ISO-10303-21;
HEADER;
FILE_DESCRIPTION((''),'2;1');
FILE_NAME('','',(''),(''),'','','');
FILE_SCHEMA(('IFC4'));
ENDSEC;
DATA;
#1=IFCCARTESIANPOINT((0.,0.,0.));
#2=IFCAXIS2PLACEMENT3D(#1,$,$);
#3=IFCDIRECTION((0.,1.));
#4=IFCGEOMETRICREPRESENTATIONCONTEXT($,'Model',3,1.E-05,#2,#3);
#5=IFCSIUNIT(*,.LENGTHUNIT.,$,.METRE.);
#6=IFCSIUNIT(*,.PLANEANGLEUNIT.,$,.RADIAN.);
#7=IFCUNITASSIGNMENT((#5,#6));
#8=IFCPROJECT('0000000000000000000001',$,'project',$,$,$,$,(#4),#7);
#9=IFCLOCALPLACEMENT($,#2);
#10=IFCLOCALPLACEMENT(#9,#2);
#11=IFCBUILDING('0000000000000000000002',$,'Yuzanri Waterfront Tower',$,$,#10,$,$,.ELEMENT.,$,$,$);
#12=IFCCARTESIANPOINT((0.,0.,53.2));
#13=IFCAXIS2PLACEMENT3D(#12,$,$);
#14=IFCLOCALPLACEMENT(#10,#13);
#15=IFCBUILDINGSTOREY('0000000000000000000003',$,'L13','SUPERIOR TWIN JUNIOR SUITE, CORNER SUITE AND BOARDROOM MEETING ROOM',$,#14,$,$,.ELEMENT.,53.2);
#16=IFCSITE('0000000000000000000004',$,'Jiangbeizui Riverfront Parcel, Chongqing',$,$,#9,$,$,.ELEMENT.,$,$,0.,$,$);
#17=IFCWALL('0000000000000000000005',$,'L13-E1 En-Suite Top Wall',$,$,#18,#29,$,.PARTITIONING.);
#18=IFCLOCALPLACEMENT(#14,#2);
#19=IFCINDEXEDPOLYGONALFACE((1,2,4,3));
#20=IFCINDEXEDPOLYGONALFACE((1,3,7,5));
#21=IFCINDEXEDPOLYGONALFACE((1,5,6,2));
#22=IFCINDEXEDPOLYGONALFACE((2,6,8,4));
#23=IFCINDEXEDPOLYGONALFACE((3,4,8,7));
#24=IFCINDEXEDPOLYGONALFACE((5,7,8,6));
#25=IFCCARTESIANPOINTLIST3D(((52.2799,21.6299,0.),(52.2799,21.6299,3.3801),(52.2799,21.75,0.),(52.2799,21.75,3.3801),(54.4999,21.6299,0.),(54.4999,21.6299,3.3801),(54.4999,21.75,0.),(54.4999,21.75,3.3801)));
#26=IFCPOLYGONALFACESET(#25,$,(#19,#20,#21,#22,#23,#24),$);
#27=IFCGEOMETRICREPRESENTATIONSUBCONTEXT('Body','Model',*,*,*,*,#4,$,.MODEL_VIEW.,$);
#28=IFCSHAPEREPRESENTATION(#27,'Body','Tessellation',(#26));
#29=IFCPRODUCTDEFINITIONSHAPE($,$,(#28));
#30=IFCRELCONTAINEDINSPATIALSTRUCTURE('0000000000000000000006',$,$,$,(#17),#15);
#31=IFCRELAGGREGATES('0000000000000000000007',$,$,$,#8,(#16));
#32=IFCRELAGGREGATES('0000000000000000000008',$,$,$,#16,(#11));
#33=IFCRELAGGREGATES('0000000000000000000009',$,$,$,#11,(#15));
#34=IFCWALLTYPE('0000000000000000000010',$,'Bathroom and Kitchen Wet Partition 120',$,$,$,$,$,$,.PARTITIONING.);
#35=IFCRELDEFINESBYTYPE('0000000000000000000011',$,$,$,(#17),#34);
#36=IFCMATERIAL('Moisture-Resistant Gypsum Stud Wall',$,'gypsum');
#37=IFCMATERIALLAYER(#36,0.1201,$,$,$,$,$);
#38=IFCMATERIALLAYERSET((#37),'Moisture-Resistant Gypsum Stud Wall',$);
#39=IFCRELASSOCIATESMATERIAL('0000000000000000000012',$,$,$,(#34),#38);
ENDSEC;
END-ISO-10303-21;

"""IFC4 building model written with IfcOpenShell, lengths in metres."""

from ifc_helpers import new_model, si_unit, direction, frame, frame_2d, origin, place, context, subcontext, project, spatial, rectangle, extrude, source, transform, mapped, material, layer, layer_set, type_object, element, save


model = new_model("IFC4")

# Units and contexts
model_context = context("Model", 3, precision=1e-05, world=origin(), true_north=direction((0.0, 1.0)))
body_context = subcontext(model_context, "Body", "Model", "MODEL_VIEW")
ifc_project = project(units=[si_unit("LENGTHUNIT", "METRE"), si_unit("PLANEANGLEUNIT", "RADIAN")], contexts=[model_context])

# Site, building, storey
site_placement = place(None, origin())
site = spatial("IfcSite", under=ifc_project, at=site_placement, Name="Jiangbeizui Riverfront Parcel, Chongqing", CompositionType="ELEMENT", RefElevation=0.0)
building_placement = place(site_placement, origin())
building = spatial("IfcBuilding", under=site, at=building_placement, Name="Yuzanri Waterfront Tower", CompositionType="ELEMENT")
storey_placement = place(building_placement, frame((0.0, 0.0, 53.2)))
storey = spatial("IfcBuildingStorey", under=building, at=storey_placement, Name="L13", Description="SUPERIOR TWIN JUNIOR SUITE, CORNER SUITE AND BOARDROOM MEETING ROOM", CompositionType="ELEMENT", Elevation=53.2)

# Shared definitions
ifc_material_1 = material(Name="Moisture-Resistant Gypsum Stud Wall", Category="gypsum")
ifc_layer_1 = layer(ifc_material_1, 0.1201)
ifc_layer_set_1 = layer_set([ifc_layer_1], Name="Moisture-Resistant Gypsum Stud Wall")
wall_type_1 = type_object("IfcWallType", Name="Bathroom and Kitchen Wet Partition 120", PredefinedType="PARTITIONING", material=ifc_layer_set_1)

# Wall
shared_shape_1 = source(origin(), body_context, "Body", "SweptSolid", [
    extrude(rectangle(XDim=2.22, YDim=0.1201, at=frame_2d((1.1099, 0.0))), origin(), (0.0, 0.0, 1.0), 3.3801),
])
wall_1_placement = place(storey_placement, frame((52.28, 21.6899, 0.0), z_axis=(0.0, 0.0, 1.0), x_axis=(1.0, 0.0, 0.0)))
element("IfcWall", 1, at=wall_1_placement, inside=storey, type_object=wall_type_1, Name="L13-E1 En-Suite Top Wall", PredefinedType="PARTITIONING", context=body_context, shape_type="MappedRepresentation", body=[
    mapped(shared_shape_1, transform((0.0, 0.0, 0.0), scale=1.0)),
])

save(model, "model.ifc")
